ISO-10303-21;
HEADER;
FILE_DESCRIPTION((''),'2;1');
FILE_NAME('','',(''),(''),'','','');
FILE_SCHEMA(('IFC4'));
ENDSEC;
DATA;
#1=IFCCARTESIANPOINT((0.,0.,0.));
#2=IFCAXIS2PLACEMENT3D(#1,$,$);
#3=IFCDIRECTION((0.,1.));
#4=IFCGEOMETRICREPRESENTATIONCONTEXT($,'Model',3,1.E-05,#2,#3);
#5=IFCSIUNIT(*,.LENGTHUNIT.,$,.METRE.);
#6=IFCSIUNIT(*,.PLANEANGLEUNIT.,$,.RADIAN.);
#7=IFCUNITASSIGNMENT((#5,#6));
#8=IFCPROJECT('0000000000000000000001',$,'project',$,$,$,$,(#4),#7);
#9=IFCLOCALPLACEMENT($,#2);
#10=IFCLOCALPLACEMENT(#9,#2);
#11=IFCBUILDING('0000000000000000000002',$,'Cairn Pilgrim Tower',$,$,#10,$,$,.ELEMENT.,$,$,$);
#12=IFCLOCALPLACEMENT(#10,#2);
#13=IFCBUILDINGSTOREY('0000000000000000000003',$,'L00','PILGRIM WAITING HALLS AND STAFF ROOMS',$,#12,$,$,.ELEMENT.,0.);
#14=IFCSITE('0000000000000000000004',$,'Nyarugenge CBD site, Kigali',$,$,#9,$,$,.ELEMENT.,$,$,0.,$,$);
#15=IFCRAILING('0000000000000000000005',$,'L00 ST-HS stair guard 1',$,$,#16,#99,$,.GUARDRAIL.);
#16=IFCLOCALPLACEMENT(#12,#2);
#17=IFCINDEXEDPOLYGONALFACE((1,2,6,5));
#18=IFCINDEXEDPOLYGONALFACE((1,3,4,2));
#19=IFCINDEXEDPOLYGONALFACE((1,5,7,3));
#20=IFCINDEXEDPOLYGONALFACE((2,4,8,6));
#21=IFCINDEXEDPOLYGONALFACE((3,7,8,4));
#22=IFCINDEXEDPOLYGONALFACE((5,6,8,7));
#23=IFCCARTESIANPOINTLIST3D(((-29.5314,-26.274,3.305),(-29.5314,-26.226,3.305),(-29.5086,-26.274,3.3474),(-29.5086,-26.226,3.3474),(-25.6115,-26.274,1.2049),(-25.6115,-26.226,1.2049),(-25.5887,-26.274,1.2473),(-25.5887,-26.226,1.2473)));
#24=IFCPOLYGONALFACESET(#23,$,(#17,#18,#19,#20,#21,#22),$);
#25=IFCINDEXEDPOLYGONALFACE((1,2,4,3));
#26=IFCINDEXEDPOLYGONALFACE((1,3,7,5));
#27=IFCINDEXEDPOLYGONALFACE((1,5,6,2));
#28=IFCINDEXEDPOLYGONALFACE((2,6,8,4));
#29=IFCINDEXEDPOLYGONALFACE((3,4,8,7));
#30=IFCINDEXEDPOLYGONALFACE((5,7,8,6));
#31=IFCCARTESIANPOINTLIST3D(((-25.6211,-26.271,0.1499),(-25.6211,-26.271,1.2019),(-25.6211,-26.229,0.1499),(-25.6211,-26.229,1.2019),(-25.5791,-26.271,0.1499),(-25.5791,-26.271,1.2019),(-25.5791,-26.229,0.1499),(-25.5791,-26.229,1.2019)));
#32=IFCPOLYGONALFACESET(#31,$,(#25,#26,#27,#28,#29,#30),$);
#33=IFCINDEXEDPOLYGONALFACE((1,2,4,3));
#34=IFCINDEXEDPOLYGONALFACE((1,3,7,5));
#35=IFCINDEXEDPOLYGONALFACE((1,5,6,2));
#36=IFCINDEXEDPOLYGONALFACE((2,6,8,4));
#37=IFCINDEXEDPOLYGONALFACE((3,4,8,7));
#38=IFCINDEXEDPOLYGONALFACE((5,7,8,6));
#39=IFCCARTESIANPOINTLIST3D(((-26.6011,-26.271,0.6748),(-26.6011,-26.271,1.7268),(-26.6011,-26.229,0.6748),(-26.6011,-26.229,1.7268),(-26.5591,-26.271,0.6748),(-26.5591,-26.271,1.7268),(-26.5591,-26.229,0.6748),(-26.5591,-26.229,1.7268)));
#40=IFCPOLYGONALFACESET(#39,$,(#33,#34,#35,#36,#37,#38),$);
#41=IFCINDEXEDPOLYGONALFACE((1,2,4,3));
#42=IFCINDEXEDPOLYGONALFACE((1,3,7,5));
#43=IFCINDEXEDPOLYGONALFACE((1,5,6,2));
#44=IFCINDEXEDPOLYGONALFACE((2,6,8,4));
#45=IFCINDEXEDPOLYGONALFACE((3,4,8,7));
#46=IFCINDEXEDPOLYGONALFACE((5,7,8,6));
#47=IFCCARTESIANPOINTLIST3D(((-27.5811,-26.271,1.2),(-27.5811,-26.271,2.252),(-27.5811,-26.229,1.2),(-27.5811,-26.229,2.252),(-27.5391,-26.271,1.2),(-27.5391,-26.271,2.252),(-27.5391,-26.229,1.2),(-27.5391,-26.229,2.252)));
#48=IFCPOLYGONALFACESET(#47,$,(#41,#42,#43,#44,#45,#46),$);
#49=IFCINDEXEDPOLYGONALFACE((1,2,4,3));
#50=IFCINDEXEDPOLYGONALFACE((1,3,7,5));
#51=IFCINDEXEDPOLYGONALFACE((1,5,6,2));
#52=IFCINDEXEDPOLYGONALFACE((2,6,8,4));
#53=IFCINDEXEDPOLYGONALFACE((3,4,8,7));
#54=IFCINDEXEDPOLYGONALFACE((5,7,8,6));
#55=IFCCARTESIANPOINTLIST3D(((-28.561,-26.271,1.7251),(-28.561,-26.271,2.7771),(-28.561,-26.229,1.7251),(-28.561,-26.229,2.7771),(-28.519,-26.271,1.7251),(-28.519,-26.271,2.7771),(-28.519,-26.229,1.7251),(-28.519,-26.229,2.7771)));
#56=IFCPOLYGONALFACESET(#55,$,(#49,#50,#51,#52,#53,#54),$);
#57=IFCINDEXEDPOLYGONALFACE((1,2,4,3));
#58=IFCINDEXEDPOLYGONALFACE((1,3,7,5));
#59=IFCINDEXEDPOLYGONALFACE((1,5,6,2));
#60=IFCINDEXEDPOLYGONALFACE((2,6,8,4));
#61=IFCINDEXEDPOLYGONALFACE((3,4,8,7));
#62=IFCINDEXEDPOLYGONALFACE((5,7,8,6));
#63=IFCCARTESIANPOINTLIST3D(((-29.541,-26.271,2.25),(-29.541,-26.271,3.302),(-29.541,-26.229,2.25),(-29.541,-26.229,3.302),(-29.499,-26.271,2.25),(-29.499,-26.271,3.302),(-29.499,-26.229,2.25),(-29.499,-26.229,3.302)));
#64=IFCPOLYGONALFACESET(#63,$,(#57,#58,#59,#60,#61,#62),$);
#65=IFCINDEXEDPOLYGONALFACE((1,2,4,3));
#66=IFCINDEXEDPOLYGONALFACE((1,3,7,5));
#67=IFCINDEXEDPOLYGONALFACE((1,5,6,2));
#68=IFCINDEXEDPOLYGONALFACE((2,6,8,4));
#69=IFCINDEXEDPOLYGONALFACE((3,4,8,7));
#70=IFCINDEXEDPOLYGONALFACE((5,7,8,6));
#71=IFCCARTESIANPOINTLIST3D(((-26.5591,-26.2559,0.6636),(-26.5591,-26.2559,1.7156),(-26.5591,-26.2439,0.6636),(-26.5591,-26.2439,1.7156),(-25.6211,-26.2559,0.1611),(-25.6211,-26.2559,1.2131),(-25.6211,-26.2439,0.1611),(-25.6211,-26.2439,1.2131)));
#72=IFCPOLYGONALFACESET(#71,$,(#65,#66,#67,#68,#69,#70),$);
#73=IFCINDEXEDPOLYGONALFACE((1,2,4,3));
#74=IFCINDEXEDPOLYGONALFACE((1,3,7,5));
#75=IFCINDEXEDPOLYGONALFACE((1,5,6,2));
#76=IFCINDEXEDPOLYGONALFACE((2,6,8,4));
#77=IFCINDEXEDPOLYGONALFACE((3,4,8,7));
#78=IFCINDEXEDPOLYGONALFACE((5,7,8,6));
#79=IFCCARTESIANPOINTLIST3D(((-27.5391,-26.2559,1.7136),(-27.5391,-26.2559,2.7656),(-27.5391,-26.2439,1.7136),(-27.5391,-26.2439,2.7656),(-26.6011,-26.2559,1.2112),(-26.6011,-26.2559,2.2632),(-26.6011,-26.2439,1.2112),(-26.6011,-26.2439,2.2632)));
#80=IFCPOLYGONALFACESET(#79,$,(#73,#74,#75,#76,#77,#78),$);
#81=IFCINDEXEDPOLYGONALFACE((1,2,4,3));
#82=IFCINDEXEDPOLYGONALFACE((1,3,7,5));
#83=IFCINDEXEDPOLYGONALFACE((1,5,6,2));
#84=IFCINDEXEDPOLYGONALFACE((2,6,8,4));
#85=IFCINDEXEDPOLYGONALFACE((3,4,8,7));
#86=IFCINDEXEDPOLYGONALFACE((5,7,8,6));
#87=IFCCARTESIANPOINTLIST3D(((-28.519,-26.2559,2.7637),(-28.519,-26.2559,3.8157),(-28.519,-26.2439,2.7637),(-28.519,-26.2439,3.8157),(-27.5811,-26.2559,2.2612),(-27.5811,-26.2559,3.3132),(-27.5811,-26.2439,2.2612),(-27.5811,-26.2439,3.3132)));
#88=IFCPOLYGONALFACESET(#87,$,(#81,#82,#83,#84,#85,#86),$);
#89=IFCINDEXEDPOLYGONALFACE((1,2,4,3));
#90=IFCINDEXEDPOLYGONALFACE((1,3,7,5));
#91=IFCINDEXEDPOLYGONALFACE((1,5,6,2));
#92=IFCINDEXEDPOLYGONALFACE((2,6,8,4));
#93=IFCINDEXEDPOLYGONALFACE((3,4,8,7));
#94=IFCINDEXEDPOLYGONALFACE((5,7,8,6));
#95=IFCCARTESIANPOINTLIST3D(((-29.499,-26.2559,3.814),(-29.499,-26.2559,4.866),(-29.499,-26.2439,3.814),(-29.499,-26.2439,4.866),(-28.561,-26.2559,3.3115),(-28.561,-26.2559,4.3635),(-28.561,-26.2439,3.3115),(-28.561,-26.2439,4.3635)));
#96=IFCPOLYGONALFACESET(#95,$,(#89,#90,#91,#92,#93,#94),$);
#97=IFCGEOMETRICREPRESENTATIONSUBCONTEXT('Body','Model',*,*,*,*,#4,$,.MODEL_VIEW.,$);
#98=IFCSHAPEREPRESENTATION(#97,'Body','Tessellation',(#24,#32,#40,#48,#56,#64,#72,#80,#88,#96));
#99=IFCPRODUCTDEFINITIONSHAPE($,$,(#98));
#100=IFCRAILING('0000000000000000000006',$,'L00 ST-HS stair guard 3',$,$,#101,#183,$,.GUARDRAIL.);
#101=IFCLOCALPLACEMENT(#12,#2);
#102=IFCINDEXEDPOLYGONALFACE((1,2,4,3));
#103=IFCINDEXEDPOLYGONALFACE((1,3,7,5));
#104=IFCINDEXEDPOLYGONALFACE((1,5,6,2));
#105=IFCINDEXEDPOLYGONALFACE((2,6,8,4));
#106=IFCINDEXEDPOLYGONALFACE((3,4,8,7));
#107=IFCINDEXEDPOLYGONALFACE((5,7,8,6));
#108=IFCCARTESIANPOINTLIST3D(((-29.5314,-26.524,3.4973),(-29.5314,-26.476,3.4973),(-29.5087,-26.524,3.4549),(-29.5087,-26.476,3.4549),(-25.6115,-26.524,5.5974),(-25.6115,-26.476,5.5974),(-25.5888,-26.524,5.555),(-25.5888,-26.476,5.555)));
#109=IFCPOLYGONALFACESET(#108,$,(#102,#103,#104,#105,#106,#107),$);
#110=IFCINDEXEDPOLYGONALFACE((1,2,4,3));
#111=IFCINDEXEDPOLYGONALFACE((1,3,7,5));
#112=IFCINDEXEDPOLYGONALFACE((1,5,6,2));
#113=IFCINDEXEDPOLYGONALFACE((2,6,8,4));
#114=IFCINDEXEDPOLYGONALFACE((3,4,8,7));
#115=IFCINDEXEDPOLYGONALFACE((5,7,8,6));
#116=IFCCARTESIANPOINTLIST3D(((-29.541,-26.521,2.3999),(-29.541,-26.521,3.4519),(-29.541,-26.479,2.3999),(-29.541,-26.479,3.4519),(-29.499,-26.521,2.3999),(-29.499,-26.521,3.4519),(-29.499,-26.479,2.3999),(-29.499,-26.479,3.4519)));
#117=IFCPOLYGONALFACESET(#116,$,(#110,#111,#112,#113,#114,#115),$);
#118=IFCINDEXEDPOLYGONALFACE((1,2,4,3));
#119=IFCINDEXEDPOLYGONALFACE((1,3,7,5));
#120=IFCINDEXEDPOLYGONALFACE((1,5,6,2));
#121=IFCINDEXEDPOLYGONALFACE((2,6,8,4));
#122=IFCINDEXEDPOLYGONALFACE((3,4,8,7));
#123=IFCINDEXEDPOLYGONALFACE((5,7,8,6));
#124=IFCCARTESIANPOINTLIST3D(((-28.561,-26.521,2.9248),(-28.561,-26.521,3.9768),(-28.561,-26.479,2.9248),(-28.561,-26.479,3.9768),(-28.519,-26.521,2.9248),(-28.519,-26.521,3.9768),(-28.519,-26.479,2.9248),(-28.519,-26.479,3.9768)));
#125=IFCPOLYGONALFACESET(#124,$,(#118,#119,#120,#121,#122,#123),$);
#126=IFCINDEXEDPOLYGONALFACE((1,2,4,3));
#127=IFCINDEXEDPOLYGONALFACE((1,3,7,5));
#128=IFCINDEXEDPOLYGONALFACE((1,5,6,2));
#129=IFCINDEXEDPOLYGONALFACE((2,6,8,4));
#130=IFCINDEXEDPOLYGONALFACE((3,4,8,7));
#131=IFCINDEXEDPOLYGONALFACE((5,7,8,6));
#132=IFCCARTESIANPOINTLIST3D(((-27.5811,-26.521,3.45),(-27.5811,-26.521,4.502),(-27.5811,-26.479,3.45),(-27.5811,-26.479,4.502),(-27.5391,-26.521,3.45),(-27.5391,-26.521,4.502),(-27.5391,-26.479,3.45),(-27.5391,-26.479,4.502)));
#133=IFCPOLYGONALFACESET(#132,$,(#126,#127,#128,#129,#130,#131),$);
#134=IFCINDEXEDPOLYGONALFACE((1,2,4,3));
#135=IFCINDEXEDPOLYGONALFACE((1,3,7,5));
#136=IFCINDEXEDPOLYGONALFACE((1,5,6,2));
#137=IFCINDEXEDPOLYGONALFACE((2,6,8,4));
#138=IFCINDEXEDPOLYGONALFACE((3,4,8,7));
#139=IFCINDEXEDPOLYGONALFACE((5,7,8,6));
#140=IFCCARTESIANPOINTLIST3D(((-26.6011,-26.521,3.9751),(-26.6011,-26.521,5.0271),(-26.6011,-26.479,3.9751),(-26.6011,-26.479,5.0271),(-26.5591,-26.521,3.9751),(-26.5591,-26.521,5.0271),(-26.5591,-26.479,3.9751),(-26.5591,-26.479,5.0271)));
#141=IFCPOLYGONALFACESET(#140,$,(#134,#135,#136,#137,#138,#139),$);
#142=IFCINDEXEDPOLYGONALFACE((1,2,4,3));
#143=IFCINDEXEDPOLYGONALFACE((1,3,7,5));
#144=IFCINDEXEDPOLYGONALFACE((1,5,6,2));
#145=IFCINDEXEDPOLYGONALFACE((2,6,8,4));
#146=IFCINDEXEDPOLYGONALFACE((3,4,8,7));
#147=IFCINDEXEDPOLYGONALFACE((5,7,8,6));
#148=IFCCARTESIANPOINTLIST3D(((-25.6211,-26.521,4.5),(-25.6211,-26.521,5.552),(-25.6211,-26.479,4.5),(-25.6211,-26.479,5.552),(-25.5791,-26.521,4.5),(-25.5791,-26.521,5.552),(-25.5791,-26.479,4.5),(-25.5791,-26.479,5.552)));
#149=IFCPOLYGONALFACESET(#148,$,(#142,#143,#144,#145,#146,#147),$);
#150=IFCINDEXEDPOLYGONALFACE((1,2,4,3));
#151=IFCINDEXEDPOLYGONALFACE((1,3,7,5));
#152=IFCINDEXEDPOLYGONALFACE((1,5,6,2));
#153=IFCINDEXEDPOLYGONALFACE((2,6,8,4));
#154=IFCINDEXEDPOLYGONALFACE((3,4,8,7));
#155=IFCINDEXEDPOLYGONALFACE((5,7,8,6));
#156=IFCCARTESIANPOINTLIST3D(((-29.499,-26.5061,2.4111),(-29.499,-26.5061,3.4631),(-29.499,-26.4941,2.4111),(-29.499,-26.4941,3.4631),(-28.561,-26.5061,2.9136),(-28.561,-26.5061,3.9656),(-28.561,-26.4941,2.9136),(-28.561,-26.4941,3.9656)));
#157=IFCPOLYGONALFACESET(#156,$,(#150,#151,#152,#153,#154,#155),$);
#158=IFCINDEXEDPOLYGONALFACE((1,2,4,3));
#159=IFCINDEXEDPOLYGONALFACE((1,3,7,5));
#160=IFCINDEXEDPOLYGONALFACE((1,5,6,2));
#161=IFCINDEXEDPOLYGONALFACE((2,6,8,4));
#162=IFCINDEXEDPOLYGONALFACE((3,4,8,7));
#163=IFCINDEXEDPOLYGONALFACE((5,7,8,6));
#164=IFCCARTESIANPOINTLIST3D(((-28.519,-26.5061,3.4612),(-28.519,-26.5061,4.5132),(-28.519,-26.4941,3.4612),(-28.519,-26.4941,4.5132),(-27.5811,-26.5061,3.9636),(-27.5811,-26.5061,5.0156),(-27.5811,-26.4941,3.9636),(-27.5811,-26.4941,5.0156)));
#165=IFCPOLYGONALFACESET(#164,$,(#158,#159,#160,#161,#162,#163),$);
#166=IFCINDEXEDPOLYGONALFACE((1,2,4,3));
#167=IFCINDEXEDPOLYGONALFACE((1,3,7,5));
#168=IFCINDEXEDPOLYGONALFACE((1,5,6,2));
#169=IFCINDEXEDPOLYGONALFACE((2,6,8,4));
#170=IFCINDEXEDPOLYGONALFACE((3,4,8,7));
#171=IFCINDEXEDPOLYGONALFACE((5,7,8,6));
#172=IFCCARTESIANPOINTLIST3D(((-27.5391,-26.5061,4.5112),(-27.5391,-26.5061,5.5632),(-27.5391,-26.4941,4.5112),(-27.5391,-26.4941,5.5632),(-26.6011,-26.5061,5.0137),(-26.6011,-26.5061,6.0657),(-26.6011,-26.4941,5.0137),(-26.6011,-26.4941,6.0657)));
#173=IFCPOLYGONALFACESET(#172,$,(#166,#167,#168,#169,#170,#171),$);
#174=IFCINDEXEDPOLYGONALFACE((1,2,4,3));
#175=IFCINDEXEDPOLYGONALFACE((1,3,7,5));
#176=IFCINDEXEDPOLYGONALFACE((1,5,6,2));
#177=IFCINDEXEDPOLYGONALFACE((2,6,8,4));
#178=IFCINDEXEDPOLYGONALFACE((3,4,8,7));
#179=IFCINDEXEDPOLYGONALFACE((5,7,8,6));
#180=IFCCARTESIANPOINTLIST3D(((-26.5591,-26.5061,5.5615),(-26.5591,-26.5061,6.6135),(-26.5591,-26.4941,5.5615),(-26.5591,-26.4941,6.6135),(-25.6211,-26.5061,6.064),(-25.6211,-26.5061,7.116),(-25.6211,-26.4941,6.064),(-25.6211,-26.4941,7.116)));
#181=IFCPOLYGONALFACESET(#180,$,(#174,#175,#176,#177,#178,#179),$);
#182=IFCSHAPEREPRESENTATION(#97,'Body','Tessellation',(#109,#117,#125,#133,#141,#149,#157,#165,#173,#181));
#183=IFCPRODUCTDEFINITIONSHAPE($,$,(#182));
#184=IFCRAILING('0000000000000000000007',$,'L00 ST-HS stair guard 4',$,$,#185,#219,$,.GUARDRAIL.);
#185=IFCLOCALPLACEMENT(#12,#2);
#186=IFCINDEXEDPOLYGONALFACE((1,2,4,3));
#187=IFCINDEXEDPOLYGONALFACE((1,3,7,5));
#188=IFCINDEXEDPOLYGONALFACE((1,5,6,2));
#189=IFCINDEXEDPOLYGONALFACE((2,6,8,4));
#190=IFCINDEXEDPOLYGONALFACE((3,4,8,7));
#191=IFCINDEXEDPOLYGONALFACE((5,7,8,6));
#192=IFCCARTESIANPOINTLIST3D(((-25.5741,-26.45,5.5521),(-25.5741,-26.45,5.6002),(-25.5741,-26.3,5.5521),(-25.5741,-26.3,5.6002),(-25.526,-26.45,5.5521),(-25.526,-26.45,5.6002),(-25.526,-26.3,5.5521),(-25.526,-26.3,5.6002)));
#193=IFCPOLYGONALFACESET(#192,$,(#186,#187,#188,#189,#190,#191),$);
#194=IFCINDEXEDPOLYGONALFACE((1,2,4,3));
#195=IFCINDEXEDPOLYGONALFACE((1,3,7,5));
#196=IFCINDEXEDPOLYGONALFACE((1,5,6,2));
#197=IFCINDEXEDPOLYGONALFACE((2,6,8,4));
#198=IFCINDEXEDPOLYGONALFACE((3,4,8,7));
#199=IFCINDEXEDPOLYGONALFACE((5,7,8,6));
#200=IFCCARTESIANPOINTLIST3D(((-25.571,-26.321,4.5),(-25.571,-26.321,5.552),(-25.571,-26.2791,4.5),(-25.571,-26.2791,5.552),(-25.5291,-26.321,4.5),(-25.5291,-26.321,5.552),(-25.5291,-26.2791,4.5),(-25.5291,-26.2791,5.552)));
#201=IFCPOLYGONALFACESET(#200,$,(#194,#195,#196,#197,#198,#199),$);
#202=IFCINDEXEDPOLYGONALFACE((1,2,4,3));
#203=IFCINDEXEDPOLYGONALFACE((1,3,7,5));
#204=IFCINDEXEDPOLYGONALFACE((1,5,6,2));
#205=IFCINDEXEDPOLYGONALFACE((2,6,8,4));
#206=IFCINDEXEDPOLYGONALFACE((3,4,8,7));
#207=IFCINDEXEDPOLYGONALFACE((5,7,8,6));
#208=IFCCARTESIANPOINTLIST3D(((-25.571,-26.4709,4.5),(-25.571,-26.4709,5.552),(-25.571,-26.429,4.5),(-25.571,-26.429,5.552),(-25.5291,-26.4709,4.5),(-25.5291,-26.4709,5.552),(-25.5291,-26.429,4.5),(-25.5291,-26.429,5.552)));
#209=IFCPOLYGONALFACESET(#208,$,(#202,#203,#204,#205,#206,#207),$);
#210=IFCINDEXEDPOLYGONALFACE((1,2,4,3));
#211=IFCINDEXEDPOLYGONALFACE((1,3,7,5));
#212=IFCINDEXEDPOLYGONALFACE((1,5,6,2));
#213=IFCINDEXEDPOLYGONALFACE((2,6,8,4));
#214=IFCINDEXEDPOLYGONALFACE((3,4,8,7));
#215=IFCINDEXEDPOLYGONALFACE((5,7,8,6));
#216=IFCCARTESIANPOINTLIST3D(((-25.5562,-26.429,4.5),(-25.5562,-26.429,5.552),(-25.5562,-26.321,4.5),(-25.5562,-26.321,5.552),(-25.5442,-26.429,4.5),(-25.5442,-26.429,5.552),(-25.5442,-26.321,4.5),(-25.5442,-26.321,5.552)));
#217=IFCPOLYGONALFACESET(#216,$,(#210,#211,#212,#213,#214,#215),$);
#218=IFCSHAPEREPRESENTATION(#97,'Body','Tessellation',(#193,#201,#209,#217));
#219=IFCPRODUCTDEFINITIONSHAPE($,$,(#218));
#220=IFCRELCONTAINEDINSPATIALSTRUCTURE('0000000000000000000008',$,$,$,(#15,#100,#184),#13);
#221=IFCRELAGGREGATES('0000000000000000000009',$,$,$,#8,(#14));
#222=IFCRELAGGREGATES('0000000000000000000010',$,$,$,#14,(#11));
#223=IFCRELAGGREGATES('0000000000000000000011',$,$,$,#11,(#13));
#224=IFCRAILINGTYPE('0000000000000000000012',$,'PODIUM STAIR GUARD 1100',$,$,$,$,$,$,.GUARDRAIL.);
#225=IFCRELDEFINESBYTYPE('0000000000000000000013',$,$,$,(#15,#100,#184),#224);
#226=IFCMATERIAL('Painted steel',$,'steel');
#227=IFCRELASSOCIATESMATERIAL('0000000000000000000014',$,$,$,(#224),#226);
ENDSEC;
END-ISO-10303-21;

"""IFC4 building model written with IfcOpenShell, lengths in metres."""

from ifc_helpers import new_model, si_unit, direction, frame, origin, origin_2d, place, context, subcontext, project, spatial, polyline, rectangle, outline, extrude, material, type_object, element, save


model = new_model("IFC4")

# Units and contexts
model_context = context("Model", 3, precision=1e-05, world=origin(), true_north=direction((0.0, 1.0)))
body_context = subcontext(model_context, "Body", "Model", "MODEL_VIEW")
ifc_project = project(units=[si_unit("LENGTHUNIT", "METRE"), si_unit("PLANEANGLEUNIT", "RADIAN")], contexts=[model_context])

# Site, building, storey
site_placement = place(None, origin())
site = spatial("IfcSite", under=ifc_project, at=site_placement, Name="Nyarugenge CBD site, Kigali", CompositionType="ELEMENT", RefElevation=0.0)
building_placement = place(site_placement, origin())
building = spatial("IfcBuilding", under=site, at=building_placement, Name="Cairn Pilgrim Tower", CompositionType="ELEMENT")
storey_placement = place(building_placement, origin())
storey = spatial("IfcBuildingStorey", under=building, at=storey_placement, Name="L00", Description="PILGRIM WAITING HALLS AND STAFF ROOMS", CompositionType="ELEMENT", Elevation=0.0)

# Shared definitions
ifc_material_1 = material(Name="Painted steel", Category="steel")

# Railings
railing_type_1 = type_object("IfcRailingType", Name="PODIUM STAIR GUARD 1100", PredefinedType="GUARDRAIL", material=ifc_material_1)
railing_1_placement = place(storey_placement, frame((-25.6001, -26.25, 0.1499)))
element("IfcRailing", 1, at=railing_1_placement, inside=storey, type_object=railing_type_1, Name="L00 ST-HS stair guard 1", PredefinedType="GUARDRAIL", context=body_context, shape_type="SweptSolid", body=[
    extrude(rectangle(XDim=0.0481, YDim=0.0481, at=origin_2d()), frame((0.0, 0.0, 1.0762), z_axis=(-0.881467, 0.0, 0.472246), x_axis=(0.0, -1.0, 0.0)), (0.0, 0.0, 1.0), 4.447),
    extrude(rectangle(XDim=0.042, YDim=0.042, at=origin_2d()), origin(), (0.0, 0.0, 1.0), 1.052),
    extrude(rectangle(XDim=0.042, YDim=0.042, at=origin_2d()), frame((-0.98, 0.0, 0.5249)), (0.0, 0.0, 1.0), 1.052),
    extrude(rectangle(XDim=0.042, YDim=0.042, at=origin_2d()), frame((-1.96, 0.0, 1.05)), (0.0, 0.0, 1.0), 1.052),
    extrude(rectangle(XDim=0.042, YDim=0.042, at=origin_2d()), frame((-2.9399, 0.0, 1.5752)), (0.0, 0.0, 1.0), 1.052),
    extrude(rectangle(XDim=0.042, YDim=0.042, at=origin_2d()), frame((-3.9199, 0.0, 2.1001)), (0.0, 0.0, 1.0), 1.052),
    extrude(outline(polyline([(0.021, 0.0112), (0.959, 0.5137), (0.959, 1.5657), (0.021, 1.0632), (0.021, 0.0112)])), frame((0.0, -0.0059, 0.0), z_axis=(0.0, 1.0, 0.0), x_axis=(-1.0, 0.0, 0.0)), (0.0, 0.0, 1.0), 0.012),
    extrude(outline(polyline([(0.021, 0.5364), (0.959, 1.0388), (0.959, 2.0908), (0.021, 1.5884), (0.021, 0.5364)])), frame((-0.98, -0.0059, 0.5249), z_axis=(0.0, 1.0, 0.0), x_axis=(-1.0, 0.0, 0.0)), (0.0, 0.0, 1.0), 0.012),
    extrude(outline(polyline([(0.021, 1.0613), (0.959, 1.5637), (0.959, 2.6157), (0.021, 2.1133), (0.021, 1.0613)])), frame((-1.96, -0.0059, 1.05), z_axis=(0.0, 1.0, 0.0), x_axis=(-1.0, 0.0, 0.0)), (0.0, 0.0, 1.0), 0.012),
    extrude(outline(polyline([(0.021, 1.5864), (0.959, 2.0889), (0.959, 3.1409), (0.021, 2.6384), (0.021, 1.5864)])), frame((-2.9399, -0.0059, 1.5752), z_axis=(0.0, 1.0, 0.0), x_axis=(-1.0, 0.0, 0.0)), (0.0, 0.0, 1.0), 0.012),
])
railing_2_placement = place(storey_placement, frame((-29.52, -26.5, 2.3999)))
element("IfcRailing", 2, at=railing_2_placement, inside=storey, type_object=railing_type_1, Name="L00 ST-HS stair guard 3", PredefinedType="GUARDRAIL", context=body_context, shape_type="SweptSolid", body=[
    extrude(rectangle(XDim=0.0481, YDim=0.0481, at=origin_2d()), frame((0.0, 0.0, 1.0762), z_axis=(0.881467, 0.0, 0.472246), x_axis=(0.0, 1.0, 0.0)), (0.0, 0.0, 1.0), 4.447),
    extrude(rectangle(XDim=0.042, YDim=0.042, at=origin_2d()), origin(), (0.0, 0.0, 1.0), 1.052),
    extrude(rectangle(XDim=0.042, YDim=0.042, at=origin_2d()), frame((0.98, 0.0, 0.5249)), (0.0, 0.0, 1.0), 1.052),
    extrude(rectangle(XDim=0.042, YDim=0.042, at=origin_2d()), frame((1.96, 0.0, 1.05)), (0.0, 0.0, 1.0), 1.052),
    extrude(rectangle(XDim=0.042, YDim=0.042, at=origin_2d()), frame((2.9399, 0.0, 1.5752)), (0.0, 0.0, 1.0), 1.052),
    extrude(rectangle(XDim=0.042, YDim=0.042, at=origin_2d()), frame((3.9199, 0.0, 2.1001)), (0.0, 0.0, 1.0), 1.052),
    extrude(outline(polyline([(0.021, 0.0112), (0.959, 0.5137), (0.959, 1.5657), (0.021, 1.0632), (0.021, 0.0112)])), frame((0.0, 0.0059, 0.0), z_axis=(0.0, -1.0, 0.0), x_axis=(1.0, 0.0, 0.0)), (0.0, 0.0, 1.0), 0.012),
    extrude(outline(polyline([(0.021, 0.5364), (0.959, 1.0388), (0.959, 2.0908), (0.021, 1.5884), (0.021, 0.5364)])), frame((0.98, 0.0059, 0.5249), z_axis=(0.0, -1.0, 0.0), x_axis=(1.0, 0.0, 0.0)), (0.0, 0.0, 1.0), 0.012),
    extrude(outline(polyline([(0.021, 1.0613), (0.959, 1.5637), (0.959, 2.6157), (0.021, 2.1133), (0.021, 1.0613)])), frame((1.96, 0.0059, 1.05), z_axis=(0.0, -1.0, 0.0), x_axis=(1.0, 0.0, 0.0)), (0.0, 0.0, 1.0), 0.012),
    extrude(outline(polyline([(0.021, 1.5864), (0.959, 2.0889), (0.959, 3.1409), (0.021, 2.6384), (0.021, 1.5864)])), frame((2.9399, 0.0059, 1.5752), z_axis=(0.0, -1.0, 0.0), x_axis=(1.0, 0.0, 0.0)), (0.0, 0.0, 1.0), 0.012),
])
railing_3_placement = place(storey_placement, frame((-25.55, -26.3, 4.5)))
element("IfcRailing", 3, at=railing_3_placement, inside=storey, type_object=railing_type_1, Name="L00 ST-HS stair guard 4", PredefinedType="GUARDRAIL", context=body_context, shape_type="SweptSolid", body=[
    extrude(rectangle(XDim=0.0481, YDim=0.0481, at=origin_2d()), frame((0.0, 0.0, 1.0762), z_axis=(0.0, -1.0, 0.0), x_axis=(1.0, 0.0, 0.0)), (0.0, 0.0, 1.0), 0.1499),
    extrude(rectangle(XDim=0.042, YDim=0.042, at=origin_2d()), origin(), (0.0, 0.0, 1.0), 1.052),
    extrude(rectangle(XDim=0.042, YDim=0.042, at=origin_2d()), frame((0.0, -0.1499, 0.0)), (0.0, 0.0, 1.0), 1.052),
    extrude(outline(polyline([(0.021, 0.0), (0.1289, 0.0), (0.1289, 1.052), (0.021, 1.052), (0.021, 0.0)])), frame((0.0059, 0.0, 0.0), z_axis=(-1.0, 0.0, 0.0), x_axis=(0.0, -1.0, 0.0)), (0.0, 0.0, 1.0), 0.012),
])

save(model, "model.ifc")
